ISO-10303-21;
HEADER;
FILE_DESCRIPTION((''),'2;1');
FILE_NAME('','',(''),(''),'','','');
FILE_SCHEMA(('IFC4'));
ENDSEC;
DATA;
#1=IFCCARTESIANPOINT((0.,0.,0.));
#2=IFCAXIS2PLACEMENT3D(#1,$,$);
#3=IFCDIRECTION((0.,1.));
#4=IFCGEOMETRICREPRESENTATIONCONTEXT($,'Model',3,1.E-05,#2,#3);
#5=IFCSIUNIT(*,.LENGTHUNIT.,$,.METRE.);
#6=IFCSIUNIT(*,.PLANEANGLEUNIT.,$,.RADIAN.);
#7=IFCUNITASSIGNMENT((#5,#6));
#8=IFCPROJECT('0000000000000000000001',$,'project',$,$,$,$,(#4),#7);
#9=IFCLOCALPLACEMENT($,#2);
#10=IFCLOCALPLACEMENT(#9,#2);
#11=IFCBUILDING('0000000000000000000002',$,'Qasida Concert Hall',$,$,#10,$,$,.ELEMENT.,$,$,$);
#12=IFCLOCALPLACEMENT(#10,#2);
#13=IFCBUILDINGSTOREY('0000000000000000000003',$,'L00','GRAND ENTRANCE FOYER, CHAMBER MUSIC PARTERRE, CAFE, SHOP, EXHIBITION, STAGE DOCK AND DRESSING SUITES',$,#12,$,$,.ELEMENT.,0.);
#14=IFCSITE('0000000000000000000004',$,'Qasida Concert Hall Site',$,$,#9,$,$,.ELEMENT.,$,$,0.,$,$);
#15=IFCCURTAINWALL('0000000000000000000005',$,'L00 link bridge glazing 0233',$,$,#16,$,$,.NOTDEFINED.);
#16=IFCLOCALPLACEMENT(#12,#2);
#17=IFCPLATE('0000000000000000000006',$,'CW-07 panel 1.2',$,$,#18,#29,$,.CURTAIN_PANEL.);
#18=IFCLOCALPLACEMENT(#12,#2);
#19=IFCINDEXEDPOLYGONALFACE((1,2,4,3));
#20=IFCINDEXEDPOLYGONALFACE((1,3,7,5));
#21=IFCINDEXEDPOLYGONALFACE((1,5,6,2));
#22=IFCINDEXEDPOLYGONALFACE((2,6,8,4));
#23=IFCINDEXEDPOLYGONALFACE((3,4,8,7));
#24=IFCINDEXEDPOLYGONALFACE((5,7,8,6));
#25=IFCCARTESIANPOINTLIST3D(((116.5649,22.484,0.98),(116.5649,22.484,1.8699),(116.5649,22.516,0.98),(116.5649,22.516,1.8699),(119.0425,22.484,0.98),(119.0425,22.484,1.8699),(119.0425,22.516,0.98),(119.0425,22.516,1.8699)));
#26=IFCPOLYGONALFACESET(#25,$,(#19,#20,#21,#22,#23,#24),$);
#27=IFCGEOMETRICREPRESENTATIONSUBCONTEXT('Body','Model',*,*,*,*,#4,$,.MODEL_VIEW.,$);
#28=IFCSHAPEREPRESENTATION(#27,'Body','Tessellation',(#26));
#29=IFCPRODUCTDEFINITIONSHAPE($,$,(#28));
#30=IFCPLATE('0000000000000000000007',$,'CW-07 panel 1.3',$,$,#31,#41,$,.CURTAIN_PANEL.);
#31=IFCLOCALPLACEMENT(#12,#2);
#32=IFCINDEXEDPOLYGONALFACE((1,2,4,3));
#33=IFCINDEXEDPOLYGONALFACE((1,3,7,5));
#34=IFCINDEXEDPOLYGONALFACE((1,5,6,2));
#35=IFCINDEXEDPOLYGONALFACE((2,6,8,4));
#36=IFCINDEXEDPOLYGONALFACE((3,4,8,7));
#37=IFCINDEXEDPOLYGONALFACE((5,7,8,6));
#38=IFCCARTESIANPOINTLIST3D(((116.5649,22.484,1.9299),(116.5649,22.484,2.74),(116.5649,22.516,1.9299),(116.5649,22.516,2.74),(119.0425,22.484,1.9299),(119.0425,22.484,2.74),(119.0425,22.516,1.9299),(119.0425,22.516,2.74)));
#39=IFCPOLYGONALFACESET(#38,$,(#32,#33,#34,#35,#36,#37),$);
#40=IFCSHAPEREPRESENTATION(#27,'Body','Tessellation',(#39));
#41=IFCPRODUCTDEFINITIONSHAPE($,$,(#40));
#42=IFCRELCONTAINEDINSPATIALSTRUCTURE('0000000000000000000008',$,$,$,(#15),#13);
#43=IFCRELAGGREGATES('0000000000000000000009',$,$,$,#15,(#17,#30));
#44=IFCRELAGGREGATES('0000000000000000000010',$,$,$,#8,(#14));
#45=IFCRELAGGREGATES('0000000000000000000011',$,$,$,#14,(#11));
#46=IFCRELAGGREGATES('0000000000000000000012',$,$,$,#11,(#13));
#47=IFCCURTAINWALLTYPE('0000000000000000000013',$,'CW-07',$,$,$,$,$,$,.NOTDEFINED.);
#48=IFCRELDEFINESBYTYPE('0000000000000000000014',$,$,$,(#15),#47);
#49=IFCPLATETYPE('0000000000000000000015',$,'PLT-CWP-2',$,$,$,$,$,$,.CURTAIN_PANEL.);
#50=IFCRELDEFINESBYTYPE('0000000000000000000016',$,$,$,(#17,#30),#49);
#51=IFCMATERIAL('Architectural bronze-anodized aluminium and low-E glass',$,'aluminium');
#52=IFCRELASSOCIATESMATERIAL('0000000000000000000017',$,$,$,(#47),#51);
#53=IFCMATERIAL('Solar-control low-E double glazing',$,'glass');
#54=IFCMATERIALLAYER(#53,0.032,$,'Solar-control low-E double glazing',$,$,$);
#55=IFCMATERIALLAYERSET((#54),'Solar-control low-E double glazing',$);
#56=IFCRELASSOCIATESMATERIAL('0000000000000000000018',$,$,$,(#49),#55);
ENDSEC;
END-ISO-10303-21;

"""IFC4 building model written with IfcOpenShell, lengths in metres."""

from ifc_helpers import new_model, si_unit, direction, frame, origin, origin_2d, place, context, subcontext, project, spatial, rectangle, extrude, material, layer, layer_set, type_object, element, aggregate, save


model = new_model("IFC4")

# Units and contexts
model_context = context("Model", 3, precision=1e-05, world=origin(), true_north=direction((0.0, 1.0)))
body_context = subcontext(model_context, "Body", "Model", "MODEL_VIEW")
ifc_project = project(units=[si_unit("LENGTHUNIT", "METRE"), si_unit("PLANEANGLEUNIT", "RADIAN")], contexts=[model_context])

# Site, building, storey
site_placement = place(None, origin())
site = spatial("IfcSite", under=ifc_project, at=site_placement, Name="Qasida Concert Hall Site", CompositionType="ELEMENT", RefElevation=0.0)
building_placement = place(site_placement, origin())
building = spatial("IfcBuilding", under=site, at=building_placement, Name="Qasida Concert Hall", CompositionType="ELEMENT")
storey_placement = place(building_placement, origin())
storey = spatial("IfcBuildingStorey", under=building, at=storey_placement, Name="L00", Description="GRAND ENTRANCE FOYER, CHAMBER MUSIC PARTERRE, CAFE, SHOP, EXHIBITION, STAGE DOCK AND DRESSING SUITES", CompositionType="ELEMENT", Elevation=0.0)

# Curtain wall
ifc_material_1 = material(Name="Architectural bronze-anodized aluminium and low-E glass", Category="aluminium")
curtain_wall_type = type_object("IfcCurtainWallType", Name="CW-07", PredefinedType="NOTDEFINED", material=ifc_material_1)
curtain_wall_1_placement = place(storey_placement, origin())
curtain_wall_1 = element("IfcCurtainWall", 1, at=curtain_wall_1_placement, inside=storey, type_object=curtain_wall_type, Name="L00 link bridge glazing 0233", PredefinedType="NOTDEFINED")

# Plates
ifc_material_2 = material(Name="Solar-control low-E double glazing", Category="glass")
ifc_layer = layer(ifc_material_2, 0.032, Name="Solar-control low-E double glazing")
ifc_layer_set = layer_set([ifc_layer], Name="Solar-control low-E double glazing")
plate_type = type_object("IfcPlateType", Name="PLT-CWP-2", PredefinedType="CURTAIN_PANEL", material=ifc_layer_set)
plate_1_placement = place(storey_placement, frame((117.8037, 22.5, 0.98), z_axis=(0.0, 0.0, 1.0), x_axis=(1.0, 0.0, 0.0)))
plate_1 = element("IfcPlate", 2, at=plate_1_placement, type_object=plate_type, Name="CW-07 panel 1.2", PredefinedType="CURTAIN_PANEL", context=body_context, shape_type="SweptSolid", body=[
    extrude(rectangle(XDim=2.4775, YDim=0.032, at=origin_2d()), origin(), (0.0, 0.0, 1.0), 0.8899),
])
plate_2_placement = place(storey_placement, frame((117.8037, 22.5, 1.9299), z_axis=(0.0, 0.0, 1.0), x_axis=(1.0, 0.0, 0.0)))
plate_2 = element("IfcPlate", 3, at=plate_2_placement, type_object=plate_type, Name="CW-07 panel 1.3", PredefinedType="CURTAIN_PANEL", context=body_context, shape_type="SweptSolid", body=[
    extrude(rectangle(XDim=2.4775, YDim=0.032, at=origin_2d()), origin(), (0.0, 0.0, 1.0), 0.8101),
])
aggregate(curtain_wall_1, [plate_1, plate_2])

save(model, "model.ifc")
